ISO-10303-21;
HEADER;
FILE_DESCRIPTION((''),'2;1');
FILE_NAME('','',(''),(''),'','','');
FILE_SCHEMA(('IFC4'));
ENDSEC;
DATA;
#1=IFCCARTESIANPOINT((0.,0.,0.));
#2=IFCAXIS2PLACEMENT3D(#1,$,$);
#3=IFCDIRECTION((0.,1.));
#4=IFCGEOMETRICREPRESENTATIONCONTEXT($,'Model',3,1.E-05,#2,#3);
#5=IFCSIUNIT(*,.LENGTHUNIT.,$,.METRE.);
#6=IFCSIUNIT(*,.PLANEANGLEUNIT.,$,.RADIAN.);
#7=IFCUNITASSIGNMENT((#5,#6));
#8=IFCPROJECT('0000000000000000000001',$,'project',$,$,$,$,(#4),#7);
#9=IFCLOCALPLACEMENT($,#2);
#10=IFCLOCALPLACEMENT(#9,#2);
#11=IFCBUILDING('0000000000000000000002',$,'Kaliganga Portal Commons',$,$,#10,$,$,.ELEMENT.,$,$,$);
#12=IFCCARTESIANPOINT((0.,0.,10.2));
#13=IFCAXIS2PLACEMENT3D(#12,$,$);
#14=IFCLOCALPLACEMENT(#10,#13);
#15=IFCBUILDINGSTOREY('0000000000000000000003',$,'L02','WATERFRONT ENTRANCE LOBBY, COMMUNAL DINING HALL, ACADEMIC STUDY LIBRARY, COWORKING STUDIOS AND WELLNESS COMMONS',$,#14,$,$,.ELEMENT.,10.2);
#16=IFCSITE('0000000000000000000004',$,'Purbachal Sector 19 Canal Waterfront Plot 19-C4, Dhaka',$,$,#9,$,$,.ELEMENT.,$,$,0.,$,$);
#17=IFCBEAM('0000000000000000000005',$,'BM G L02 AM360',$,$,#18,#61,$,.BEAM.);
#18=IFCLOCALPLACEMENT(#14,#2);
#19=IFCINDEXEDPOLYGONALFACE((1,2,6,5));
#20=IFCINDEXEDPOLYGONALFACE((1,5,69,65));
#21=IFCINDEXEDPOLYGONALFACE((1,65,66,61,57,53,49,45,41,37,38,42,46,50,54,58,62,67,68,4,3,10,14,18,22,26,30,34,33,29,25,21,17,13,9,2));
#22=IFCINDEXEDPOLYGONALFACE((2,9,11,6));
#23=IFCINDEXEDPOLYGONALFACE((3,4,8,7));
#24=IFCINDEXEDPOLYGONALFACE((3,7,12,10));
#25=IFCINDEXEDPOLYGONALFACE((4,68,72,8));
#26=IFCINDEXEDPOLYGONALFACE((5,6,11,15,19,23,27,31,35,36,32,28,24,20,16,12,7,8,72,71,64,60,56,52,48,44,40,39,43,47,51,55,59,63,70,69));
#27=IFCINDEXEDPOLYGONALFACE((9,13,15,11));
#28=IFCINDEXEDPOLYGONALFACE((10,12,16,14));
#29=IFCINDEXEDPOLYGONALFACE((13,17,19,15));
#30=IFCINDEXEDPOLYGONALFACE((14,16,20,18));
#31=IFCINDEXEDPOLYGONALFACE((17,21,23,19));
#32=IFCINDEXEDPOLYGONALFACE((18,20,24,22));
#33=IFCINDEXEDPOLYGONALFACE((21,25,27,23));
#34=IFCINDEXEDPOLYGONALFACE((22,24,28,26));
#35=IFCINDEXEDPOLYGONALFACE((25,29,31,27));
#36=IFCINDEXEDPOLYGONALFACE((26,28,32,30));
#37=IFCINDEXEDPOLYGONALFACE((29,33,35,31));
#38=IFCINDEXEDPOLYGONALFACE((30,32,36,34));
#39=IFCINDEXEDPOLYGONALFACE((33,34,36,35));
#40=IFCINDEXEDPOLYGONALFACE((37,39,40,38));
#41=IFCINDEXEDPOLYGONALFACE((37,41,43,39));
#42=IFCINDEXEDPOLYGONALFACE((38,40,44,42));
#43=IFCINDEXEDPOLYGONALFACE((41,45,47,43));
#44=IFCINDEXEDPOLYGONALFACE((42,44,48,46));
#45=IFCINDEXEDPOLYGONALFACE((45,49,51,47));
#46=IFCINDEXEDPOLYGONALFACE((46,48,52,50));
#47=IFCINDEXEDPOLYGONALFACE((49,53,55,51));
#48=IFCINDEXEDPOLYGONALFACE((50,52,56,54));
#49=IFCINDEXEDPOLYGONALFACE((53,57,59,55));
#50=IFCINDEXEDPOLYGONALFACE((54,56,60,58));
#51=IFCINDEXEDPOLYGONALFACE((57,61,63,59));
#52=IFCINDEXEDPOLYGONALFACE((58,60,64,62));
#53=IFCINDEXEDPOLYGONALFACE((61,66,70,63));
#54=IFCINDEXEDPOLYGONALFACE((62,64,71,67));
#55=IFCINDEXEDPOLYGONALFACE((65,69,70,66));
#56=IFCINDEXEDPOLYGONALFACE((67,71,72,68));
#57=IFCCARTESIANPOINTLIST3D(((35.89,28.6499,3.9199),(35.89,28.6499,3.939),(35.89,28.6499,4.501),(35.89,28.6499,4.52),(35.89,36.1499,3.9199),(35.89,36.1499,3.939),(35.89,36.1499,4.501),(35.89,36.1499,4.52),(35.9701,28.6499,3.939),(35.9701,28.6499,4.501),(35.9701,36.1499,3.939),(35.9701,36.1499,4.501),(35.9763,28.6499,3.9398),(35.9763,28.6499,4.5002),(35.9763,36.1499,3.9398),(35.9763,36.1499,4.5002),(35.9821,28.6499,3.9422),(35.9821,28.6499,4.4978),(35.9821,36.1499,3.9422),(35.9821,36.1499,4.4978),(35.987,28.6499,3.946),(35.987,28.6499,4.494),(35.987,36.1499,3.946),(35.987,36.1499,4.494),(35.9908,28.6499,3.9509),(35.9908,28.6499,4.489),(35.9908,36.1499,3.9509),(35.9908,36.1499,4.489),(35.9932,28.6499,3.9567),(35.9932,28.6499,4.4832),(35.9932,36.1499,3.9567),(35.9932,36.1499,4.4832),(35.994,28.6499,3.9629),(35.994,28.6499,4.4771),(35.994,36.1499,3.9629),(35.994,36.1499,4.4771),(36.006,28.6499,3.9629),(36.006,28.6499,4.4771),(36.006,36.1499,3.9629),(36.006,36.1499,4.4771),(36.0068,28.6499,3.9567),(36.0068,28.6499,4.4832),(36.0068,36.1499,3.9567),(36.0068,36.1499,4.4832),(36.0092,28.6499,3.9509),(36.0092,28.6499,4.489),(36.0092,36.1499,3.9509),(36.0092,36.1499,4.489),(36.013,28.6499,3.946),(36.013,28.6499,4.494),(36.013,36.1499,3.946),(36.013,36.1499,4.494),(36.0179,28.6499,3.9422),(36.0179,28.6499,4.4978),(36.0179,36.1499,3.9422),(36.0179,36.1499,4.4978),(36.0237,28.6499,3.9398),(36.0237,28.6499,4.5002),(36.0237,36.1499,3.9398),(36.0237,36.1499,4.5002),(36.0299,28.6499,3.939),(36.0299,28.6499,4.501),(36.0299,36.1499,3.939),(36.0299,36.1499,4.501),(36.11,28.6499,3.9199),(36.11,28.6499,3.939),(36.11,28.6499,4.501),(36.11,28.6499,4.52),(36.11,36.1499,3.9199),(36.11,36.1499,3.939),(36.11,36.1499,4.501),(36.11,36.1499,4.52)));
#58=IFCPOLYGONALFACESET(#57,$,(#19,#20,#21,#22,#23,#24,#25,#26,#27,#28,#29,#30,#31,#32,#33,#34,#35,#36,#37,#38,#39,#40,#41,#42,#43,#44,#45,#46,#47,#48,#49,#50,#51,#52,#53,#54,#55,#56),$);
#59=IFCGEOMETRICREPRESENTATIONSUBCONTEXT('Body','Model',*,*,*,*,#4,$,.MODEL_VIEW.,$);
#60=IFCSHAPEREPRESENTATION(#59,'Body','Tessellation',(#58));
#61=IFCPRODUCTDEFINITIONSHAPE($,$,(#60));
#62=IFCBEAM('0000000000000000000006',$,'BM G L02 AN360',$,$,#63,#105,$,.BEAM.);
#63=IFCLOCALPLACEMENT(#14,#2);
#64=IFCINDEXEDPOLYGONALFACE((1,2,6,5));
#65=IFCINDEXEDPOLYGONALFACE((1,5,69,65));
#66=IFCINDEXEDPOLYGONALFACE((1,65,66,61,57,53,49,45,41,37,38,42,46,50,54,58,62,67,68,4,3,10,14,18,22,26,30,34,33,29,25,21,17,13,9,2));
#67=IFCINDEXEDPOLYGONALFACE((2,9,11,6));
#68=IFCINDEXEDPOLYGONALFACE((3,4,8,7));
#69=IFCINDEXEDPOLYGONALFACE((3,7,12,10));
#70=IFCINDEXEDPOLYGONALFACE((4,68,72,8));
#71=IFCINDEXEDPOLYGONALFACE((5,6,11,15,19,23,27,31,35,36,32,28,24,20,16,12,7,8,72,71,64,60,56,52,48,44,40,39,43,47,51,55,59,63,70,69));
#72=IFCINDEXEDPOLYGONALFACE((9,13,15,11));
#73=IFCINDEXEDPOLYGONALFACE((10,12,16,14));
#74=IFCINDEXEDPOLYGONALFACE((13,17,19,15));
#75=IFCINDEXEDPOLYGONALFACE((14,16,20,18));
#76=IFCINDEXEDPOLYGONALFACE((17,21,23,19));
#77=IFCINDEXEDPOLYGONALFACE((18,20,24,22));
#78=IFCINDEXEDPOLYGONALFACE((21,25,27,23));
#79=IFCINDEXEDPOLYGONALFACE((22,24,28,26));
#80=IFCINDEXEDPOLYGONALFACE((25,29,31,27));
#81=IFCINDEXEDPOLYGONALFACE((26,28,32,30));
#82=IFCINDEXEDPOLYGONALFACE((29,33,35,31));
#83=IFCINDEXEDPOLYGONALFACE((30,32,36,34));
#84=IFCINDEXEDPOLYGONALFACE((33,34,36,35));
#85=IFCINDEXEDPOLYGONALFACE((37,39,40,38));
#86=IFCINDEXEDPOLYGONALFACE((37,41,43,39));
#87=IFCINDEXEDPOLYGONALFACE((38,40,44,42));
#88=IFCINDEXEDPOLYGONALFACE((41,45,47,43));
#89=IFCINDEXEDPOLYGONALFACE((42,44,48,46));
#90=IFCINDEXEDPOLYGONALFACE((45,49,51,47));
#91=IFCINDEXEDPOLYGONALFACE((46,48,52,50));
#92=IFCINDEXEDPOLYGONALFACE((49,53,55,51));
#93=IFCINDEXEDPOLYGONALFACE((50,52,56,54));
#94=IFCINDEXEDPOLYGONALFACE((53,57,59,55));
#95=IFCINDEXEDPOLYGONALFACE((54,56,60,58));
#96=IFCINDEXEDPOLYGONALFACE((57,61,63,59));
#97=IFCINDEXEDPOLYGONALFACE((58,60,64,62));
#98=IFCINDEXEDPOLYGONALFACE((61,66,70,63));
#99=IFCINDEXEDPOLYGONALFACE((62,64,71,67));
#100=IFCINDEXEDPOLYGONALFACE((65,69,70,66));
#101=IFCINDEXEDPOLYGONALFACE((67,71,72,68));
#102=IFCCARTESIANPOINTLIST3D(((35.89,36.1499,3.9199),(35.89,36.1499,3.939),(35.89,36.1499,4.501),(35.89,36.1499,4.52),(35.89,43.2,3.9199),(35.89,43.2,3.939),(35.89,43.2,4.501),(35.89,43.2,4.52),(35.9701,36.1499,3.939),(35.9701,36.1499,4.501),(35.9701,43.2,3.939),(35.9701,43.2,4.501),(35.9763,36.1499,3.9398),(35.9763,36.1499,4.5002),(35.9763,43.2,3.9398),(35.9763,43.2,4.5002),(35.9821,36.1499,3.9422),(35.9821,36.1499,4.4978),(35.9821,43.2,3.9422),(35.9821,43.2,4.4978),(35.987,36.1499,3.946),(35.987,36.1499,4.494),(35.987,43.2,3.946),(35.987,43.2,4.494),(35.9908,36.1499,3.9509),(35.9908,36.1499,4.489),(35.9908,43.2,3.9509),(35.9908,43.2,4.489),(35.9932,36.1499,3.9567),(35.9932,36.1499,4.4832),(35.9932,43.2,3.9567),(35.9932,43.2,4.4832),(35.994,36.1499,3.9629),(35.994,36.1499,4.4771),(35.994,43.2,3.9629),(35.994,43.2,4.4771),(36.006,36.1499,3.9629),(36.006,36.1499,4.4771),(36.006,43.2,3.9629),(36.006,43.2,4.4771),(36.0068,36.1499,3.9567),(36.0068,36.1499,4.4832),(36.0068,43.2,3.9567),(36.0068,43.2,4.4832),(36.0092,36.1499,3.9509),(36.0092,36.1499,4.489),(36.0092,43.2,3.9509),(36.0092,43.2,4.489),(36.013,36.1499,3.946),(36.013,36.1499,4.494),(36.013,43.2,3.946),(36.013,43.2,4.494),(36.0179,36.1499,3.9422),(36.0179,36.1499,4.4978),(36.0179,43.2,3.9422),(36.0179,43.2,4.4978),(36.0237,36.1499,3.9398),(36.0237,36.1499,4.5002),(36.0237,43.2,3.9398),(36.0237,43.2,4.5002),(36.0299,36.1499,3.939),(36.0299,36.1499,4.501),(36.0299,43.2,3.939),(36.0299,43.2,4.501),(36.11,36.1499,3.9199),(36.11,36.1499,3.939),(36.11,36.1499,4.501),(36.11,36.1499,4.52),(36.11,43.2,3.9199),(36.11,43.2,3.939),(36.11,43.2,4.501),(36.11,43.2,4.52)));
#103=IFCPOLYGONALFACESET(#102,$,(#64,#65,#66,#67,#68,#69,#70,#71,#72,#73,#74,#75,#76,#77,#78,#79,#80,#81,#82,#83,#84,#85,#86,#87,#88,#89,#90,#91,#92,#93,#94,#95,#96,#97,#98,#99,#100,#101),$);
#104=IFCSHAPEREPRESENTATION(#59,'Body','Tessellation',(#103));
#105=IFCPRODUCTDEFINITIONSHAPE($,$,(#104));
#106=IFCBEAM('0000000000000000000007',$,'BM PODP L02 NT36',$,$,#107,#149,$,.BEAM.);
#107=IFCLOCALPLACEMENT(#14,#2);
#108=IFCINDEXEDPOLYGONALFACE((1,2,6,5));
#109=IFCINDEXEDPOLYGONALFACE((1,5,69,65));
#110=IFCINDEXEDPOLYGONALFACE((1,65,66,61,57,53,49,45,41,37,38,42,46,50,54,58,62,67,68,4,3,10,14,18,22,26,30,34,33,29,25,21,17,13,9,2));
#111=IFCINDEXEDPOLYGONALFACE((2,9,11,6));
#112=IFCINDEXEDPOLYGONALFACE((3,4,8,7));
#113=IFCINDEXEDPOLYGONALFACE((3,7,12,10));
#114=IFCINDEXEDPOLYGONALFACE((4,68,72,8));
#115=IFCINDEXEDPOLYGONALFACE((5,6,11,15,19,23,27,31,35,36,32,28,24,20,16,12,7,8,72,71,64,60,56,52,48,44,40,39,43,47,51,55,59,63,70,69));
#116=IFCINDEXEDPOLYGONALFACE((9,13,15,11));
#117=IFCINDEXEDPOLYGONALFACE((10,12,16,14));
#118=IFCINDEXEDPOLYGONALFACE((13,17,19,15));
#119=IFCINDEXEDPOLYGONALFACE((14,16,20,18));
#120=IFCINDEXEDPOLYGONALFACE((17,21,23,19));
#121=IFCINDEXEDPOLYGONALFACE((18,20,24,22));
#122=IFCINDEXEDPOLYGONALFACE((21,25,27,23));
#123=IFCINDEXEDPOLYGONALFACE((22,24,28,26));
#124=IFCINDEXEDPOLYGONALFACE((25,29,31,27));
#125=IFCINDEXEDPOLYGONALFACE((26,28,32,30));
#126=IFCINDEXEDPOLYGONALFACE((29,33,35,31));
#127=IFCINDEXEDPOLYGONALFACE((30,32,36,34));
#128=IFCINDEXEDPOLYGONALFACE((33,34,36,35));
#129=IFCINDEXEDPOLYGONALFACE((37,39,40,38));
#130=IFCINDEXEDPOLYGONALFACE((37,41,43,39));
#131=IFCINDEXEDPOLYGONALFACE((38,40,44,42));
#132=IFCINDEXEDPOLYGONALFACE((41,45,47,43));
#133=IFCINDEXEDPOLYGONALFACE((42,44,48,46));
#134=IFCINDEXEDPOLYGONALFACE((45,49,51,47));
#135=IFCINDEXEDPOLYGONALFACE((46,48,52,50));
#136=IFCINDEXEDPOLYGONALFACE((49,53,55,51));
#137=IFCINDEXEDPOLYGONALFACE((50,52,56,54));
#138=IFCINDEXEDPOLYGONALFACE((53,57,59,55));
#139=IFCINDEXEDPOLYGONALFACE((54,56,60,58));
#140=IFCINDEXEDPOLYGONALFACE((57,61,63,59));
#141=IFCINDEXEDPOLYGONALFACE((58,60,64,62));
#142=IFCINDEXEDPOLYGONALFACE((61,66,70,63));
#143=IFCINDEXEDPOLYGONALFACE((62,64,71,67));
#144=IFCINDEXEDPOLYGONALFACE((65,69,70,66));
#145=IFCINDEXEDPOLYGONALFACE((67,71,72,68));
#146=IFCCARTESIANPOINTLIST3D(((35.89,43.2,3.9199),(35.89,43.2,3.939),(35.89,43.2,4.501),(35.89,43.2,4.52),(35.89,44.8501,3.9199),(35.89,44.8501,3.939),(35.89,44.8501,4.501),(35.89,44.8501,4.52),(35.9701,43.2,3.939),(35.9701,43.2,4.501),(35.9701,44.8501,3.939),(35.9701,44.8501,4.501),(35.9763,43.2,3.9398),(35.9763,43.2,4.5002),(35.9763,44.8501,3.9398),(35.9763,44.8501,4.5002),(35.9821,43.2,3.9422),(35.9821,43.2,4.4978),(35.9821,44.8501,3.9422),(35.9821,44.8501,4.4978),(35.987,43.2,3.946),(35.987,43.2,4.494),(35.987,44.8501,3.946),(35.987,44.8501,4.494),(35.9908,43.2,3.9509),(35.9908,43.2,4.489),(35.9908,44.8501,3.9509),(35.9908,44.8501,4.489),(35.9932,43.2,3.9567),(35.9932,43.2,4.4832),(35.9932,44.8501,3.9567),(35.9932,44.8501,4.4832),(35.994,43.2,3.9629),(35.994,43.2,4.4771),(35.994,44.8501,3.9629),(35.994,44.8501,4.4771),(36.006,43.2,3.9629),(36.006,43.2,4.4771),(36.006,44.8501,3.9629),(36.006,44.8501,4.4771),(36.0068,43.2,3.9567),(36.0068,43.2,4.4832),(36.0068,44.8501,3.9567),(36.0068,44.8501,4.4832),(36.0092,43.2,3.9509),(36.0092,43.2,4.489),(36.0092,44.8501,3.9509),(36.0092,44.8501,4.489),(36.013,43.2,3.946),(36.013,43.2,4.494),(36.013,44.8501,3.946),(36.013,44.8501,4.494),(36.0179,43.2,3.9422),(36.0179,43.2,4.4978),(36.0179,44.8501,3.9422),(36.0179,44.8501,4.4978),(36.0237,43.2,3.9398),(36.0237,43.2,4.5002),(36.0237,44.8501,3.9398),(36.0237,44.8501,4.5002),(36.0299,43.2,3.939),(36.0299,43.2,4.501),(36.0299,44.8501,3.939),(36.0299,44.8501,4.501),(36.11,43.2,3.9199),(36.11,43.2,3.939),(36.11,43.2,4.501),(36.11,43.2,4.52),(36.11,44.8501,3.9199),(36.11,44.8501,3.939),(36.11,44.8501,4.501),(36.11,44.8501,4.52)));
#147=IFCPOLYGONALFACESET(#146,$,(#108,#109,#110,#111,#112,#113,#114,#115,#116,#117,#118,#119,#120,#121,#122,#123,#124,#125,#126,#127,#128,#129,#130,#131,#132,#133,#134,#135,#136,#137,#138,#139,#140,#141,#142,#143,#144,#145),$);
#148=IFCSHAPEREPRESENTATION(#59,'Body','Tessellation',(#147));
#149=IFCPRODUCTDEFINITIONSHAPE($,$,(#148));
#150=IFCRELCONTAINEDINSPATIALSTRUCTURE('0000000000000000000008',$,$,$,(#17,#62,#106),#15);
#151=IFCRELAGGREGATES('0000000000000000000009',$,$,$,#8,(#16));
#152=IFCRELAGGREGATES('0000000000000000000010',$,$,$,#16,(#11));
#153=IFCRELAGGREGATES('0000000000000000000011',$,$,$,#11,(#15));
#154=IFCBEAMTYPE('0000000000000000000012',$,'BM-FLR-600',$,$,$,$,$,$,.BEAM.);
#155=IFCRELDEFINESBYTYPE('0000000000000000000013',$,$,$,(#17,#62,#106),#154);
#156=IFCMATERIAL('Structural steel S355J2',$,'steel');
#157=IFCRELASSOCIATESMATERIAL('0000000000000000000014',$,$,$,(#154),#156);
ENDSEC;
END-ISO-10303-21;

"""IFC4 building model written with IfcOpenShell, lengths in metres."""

from ifc_helpers import new_model, si_unit, direction, frame, origin, origin_2d, place, context, subcontext, project, spatial, i_section, extrude, source, transform, mapped, material, material_profile, profile_set, type_object, element, save


model = new_model("IFC4")

# Units and contexts
model_context = context("Model", 3, precision=1e-05, world=origin(), true_north=direction((0.0, 1.0)))
body_context = subcontext(model_context, "Body", "Model", "MODEL_VIEW")
ifc_project = project(units=[si_unit("LENGTHUNIT", "METRE"), si_unit("PLANEANGLEUNIT", "RADIAN")], contexts=[model_context])

# Site, building, storey
site_placement = place(None, origin())
site = spatial("IfcSite", under=ifc_project, at=site_placement, Name="Purbachal Sector 19 Canal Waterfront Plot 19-C4, Dhaka", CompositionType="ELEMENT", RefElevation=0.0)
building_placement = place(site_placement, origin())
building = spatial("IfcBuilding", under=site, at=building_placement, Name="Kaliganga Portal Commons", CompositionType="ELEMENT")
storey_placement = place(building_placement, frame((0.0, 0.0, 10.2)))
storey = spatial("IfcBuildingStorey", under=building, at=storey_placement, Name="L02", Description="WATERFRONT ENTRANCE LOBBY, COMMUNAL DINING HALL, ACADEMIC STUDY LIBRARY, COWORKING STUDIOS AND WELLNESS COMMONS", CompositionType="ELEMENT", Elevation=10.2)

# Beams
ifc_material_1 = material(Name="Structural steel S355J2", Category="steel")
ifc_material_profile_1 = material_profile(ifc_material_1, i_section(OverallWidth=0.22, OverallDepth=0.6001, WebThickness=0.012, FlangeThickness=0.019, FilletRadius=0.0239, at=origin_2d()), Name="IPE 600")
ifc_profile_set_1 = profile_set([ifc_material_profile_1], Name="Structural steel S355J2 wide-flange")
beam_type_1 = type_object("IfcBeamType", Name="BM-FLR-600", PredefinedType="BEAM", material=ifc_profile_set_1)
shared_shape_1 = source(origin(), body_context, "Body", "SweptSolid", [
    extrude(i_section(OverallWidth=0.22, OverallDepth=0.6001, WebThickness=0.012, FlangeThickness=0.019, FilletRadius=0.0239, at=origin_2d()), origin(), (0.0, 0.0, 1.0), 7.5),
])
beam_1_placement = place(storey_placement, frame((36.0, 28.6499, 4.22), z_axis=(0.0, 1.0, 0.0), x_axis=(-1.0, 0.0, 0.0)))
element("IfcBeam", 1, at=beam_1_placement, inside=storey, type_object=beam_type_1, Name="BM G L02 AM360", PredefinedType="BEAM", context=body_context, shape_type="MappedRepresentation", body=[
    mapped(shared_shape_1, transform((0.0, 0.0, 0.0), x_axis=(1.0, 0.0, 0.0), y_axis=(0.0, 1.0, 0.0), z_axis=(0.0, 0.0, 1.0), scale=1.0)),
])
shared_shape_2 = source(origin(), body_context, "Body", "SweptSolid", [
    extrude(i_section(OverallWidth=0.22, OverallDepth=0.6001, WebThickness=0.012, FlangeThickness=0.019, FilletRadius=0.0239, at=origin_2d()), origin(), (0.0, 0.0, 1.0), 7.05),
])
beam_2_placement = place(storey_placement, frame((36.0, 36.1499, 4.22), z_axis=(0.0, 1.0, 0.0), x_axis=(-1.0, 0.0, 0.0)))
element("IfcBeam", 2, at=beam_2_placement, inside=storey, type_object=beam_type_1, Name="BM G L02 AN360", PredefinedType="BEAM", context=body_context, shape_type="MappedRepresentation", body=[
    mapped(shared_shape_2, transform((0.0, 0.0, 0.0), x_axis=(1.0, 0.0, 0.0), y_axis=(0.0, 1.0, 0.0), z_axis=(0.0, 0.0, 1.0), scale=1.0)),
])
shared_shape_3 = source(origin(), body_context, "Body", "SweptSolid", [
    extrude(i_section(OverallWidth=0.22, OverallDepth=0.6001, WebThickness=0.012, FlangeThickness=0.019, FilletRadius=0.0239, at=origin_2d()), origin(), (0.0, 0.0, 1.0), 1.6501),
])
beam_3_placement = place(storey_placement, frame((36.0, 43.2, 4.22), z_axis=(0.0, 1.0, 0.0), x_axis=(-1.0, 0.0, 0.0)))
element("IfcBeam", 3, at=beam_3_placement, inside=storey, type_object=beam_type_1, Name="BM PODP L02 NT36", PredefinedType="BEAM", context=body_context, shape_type="MappedRepresentation", body=[
    mapped(shared_shape_3, transform((0.0, 0.0, 0.0), x_axis=(1.0, 0.0, 0.0), y_axis=(0.0, 1.0, 0.0), z_axis=(0.0, 0.0, 1.0), scale=1.0)),
])

save(model, "model.ifc")
